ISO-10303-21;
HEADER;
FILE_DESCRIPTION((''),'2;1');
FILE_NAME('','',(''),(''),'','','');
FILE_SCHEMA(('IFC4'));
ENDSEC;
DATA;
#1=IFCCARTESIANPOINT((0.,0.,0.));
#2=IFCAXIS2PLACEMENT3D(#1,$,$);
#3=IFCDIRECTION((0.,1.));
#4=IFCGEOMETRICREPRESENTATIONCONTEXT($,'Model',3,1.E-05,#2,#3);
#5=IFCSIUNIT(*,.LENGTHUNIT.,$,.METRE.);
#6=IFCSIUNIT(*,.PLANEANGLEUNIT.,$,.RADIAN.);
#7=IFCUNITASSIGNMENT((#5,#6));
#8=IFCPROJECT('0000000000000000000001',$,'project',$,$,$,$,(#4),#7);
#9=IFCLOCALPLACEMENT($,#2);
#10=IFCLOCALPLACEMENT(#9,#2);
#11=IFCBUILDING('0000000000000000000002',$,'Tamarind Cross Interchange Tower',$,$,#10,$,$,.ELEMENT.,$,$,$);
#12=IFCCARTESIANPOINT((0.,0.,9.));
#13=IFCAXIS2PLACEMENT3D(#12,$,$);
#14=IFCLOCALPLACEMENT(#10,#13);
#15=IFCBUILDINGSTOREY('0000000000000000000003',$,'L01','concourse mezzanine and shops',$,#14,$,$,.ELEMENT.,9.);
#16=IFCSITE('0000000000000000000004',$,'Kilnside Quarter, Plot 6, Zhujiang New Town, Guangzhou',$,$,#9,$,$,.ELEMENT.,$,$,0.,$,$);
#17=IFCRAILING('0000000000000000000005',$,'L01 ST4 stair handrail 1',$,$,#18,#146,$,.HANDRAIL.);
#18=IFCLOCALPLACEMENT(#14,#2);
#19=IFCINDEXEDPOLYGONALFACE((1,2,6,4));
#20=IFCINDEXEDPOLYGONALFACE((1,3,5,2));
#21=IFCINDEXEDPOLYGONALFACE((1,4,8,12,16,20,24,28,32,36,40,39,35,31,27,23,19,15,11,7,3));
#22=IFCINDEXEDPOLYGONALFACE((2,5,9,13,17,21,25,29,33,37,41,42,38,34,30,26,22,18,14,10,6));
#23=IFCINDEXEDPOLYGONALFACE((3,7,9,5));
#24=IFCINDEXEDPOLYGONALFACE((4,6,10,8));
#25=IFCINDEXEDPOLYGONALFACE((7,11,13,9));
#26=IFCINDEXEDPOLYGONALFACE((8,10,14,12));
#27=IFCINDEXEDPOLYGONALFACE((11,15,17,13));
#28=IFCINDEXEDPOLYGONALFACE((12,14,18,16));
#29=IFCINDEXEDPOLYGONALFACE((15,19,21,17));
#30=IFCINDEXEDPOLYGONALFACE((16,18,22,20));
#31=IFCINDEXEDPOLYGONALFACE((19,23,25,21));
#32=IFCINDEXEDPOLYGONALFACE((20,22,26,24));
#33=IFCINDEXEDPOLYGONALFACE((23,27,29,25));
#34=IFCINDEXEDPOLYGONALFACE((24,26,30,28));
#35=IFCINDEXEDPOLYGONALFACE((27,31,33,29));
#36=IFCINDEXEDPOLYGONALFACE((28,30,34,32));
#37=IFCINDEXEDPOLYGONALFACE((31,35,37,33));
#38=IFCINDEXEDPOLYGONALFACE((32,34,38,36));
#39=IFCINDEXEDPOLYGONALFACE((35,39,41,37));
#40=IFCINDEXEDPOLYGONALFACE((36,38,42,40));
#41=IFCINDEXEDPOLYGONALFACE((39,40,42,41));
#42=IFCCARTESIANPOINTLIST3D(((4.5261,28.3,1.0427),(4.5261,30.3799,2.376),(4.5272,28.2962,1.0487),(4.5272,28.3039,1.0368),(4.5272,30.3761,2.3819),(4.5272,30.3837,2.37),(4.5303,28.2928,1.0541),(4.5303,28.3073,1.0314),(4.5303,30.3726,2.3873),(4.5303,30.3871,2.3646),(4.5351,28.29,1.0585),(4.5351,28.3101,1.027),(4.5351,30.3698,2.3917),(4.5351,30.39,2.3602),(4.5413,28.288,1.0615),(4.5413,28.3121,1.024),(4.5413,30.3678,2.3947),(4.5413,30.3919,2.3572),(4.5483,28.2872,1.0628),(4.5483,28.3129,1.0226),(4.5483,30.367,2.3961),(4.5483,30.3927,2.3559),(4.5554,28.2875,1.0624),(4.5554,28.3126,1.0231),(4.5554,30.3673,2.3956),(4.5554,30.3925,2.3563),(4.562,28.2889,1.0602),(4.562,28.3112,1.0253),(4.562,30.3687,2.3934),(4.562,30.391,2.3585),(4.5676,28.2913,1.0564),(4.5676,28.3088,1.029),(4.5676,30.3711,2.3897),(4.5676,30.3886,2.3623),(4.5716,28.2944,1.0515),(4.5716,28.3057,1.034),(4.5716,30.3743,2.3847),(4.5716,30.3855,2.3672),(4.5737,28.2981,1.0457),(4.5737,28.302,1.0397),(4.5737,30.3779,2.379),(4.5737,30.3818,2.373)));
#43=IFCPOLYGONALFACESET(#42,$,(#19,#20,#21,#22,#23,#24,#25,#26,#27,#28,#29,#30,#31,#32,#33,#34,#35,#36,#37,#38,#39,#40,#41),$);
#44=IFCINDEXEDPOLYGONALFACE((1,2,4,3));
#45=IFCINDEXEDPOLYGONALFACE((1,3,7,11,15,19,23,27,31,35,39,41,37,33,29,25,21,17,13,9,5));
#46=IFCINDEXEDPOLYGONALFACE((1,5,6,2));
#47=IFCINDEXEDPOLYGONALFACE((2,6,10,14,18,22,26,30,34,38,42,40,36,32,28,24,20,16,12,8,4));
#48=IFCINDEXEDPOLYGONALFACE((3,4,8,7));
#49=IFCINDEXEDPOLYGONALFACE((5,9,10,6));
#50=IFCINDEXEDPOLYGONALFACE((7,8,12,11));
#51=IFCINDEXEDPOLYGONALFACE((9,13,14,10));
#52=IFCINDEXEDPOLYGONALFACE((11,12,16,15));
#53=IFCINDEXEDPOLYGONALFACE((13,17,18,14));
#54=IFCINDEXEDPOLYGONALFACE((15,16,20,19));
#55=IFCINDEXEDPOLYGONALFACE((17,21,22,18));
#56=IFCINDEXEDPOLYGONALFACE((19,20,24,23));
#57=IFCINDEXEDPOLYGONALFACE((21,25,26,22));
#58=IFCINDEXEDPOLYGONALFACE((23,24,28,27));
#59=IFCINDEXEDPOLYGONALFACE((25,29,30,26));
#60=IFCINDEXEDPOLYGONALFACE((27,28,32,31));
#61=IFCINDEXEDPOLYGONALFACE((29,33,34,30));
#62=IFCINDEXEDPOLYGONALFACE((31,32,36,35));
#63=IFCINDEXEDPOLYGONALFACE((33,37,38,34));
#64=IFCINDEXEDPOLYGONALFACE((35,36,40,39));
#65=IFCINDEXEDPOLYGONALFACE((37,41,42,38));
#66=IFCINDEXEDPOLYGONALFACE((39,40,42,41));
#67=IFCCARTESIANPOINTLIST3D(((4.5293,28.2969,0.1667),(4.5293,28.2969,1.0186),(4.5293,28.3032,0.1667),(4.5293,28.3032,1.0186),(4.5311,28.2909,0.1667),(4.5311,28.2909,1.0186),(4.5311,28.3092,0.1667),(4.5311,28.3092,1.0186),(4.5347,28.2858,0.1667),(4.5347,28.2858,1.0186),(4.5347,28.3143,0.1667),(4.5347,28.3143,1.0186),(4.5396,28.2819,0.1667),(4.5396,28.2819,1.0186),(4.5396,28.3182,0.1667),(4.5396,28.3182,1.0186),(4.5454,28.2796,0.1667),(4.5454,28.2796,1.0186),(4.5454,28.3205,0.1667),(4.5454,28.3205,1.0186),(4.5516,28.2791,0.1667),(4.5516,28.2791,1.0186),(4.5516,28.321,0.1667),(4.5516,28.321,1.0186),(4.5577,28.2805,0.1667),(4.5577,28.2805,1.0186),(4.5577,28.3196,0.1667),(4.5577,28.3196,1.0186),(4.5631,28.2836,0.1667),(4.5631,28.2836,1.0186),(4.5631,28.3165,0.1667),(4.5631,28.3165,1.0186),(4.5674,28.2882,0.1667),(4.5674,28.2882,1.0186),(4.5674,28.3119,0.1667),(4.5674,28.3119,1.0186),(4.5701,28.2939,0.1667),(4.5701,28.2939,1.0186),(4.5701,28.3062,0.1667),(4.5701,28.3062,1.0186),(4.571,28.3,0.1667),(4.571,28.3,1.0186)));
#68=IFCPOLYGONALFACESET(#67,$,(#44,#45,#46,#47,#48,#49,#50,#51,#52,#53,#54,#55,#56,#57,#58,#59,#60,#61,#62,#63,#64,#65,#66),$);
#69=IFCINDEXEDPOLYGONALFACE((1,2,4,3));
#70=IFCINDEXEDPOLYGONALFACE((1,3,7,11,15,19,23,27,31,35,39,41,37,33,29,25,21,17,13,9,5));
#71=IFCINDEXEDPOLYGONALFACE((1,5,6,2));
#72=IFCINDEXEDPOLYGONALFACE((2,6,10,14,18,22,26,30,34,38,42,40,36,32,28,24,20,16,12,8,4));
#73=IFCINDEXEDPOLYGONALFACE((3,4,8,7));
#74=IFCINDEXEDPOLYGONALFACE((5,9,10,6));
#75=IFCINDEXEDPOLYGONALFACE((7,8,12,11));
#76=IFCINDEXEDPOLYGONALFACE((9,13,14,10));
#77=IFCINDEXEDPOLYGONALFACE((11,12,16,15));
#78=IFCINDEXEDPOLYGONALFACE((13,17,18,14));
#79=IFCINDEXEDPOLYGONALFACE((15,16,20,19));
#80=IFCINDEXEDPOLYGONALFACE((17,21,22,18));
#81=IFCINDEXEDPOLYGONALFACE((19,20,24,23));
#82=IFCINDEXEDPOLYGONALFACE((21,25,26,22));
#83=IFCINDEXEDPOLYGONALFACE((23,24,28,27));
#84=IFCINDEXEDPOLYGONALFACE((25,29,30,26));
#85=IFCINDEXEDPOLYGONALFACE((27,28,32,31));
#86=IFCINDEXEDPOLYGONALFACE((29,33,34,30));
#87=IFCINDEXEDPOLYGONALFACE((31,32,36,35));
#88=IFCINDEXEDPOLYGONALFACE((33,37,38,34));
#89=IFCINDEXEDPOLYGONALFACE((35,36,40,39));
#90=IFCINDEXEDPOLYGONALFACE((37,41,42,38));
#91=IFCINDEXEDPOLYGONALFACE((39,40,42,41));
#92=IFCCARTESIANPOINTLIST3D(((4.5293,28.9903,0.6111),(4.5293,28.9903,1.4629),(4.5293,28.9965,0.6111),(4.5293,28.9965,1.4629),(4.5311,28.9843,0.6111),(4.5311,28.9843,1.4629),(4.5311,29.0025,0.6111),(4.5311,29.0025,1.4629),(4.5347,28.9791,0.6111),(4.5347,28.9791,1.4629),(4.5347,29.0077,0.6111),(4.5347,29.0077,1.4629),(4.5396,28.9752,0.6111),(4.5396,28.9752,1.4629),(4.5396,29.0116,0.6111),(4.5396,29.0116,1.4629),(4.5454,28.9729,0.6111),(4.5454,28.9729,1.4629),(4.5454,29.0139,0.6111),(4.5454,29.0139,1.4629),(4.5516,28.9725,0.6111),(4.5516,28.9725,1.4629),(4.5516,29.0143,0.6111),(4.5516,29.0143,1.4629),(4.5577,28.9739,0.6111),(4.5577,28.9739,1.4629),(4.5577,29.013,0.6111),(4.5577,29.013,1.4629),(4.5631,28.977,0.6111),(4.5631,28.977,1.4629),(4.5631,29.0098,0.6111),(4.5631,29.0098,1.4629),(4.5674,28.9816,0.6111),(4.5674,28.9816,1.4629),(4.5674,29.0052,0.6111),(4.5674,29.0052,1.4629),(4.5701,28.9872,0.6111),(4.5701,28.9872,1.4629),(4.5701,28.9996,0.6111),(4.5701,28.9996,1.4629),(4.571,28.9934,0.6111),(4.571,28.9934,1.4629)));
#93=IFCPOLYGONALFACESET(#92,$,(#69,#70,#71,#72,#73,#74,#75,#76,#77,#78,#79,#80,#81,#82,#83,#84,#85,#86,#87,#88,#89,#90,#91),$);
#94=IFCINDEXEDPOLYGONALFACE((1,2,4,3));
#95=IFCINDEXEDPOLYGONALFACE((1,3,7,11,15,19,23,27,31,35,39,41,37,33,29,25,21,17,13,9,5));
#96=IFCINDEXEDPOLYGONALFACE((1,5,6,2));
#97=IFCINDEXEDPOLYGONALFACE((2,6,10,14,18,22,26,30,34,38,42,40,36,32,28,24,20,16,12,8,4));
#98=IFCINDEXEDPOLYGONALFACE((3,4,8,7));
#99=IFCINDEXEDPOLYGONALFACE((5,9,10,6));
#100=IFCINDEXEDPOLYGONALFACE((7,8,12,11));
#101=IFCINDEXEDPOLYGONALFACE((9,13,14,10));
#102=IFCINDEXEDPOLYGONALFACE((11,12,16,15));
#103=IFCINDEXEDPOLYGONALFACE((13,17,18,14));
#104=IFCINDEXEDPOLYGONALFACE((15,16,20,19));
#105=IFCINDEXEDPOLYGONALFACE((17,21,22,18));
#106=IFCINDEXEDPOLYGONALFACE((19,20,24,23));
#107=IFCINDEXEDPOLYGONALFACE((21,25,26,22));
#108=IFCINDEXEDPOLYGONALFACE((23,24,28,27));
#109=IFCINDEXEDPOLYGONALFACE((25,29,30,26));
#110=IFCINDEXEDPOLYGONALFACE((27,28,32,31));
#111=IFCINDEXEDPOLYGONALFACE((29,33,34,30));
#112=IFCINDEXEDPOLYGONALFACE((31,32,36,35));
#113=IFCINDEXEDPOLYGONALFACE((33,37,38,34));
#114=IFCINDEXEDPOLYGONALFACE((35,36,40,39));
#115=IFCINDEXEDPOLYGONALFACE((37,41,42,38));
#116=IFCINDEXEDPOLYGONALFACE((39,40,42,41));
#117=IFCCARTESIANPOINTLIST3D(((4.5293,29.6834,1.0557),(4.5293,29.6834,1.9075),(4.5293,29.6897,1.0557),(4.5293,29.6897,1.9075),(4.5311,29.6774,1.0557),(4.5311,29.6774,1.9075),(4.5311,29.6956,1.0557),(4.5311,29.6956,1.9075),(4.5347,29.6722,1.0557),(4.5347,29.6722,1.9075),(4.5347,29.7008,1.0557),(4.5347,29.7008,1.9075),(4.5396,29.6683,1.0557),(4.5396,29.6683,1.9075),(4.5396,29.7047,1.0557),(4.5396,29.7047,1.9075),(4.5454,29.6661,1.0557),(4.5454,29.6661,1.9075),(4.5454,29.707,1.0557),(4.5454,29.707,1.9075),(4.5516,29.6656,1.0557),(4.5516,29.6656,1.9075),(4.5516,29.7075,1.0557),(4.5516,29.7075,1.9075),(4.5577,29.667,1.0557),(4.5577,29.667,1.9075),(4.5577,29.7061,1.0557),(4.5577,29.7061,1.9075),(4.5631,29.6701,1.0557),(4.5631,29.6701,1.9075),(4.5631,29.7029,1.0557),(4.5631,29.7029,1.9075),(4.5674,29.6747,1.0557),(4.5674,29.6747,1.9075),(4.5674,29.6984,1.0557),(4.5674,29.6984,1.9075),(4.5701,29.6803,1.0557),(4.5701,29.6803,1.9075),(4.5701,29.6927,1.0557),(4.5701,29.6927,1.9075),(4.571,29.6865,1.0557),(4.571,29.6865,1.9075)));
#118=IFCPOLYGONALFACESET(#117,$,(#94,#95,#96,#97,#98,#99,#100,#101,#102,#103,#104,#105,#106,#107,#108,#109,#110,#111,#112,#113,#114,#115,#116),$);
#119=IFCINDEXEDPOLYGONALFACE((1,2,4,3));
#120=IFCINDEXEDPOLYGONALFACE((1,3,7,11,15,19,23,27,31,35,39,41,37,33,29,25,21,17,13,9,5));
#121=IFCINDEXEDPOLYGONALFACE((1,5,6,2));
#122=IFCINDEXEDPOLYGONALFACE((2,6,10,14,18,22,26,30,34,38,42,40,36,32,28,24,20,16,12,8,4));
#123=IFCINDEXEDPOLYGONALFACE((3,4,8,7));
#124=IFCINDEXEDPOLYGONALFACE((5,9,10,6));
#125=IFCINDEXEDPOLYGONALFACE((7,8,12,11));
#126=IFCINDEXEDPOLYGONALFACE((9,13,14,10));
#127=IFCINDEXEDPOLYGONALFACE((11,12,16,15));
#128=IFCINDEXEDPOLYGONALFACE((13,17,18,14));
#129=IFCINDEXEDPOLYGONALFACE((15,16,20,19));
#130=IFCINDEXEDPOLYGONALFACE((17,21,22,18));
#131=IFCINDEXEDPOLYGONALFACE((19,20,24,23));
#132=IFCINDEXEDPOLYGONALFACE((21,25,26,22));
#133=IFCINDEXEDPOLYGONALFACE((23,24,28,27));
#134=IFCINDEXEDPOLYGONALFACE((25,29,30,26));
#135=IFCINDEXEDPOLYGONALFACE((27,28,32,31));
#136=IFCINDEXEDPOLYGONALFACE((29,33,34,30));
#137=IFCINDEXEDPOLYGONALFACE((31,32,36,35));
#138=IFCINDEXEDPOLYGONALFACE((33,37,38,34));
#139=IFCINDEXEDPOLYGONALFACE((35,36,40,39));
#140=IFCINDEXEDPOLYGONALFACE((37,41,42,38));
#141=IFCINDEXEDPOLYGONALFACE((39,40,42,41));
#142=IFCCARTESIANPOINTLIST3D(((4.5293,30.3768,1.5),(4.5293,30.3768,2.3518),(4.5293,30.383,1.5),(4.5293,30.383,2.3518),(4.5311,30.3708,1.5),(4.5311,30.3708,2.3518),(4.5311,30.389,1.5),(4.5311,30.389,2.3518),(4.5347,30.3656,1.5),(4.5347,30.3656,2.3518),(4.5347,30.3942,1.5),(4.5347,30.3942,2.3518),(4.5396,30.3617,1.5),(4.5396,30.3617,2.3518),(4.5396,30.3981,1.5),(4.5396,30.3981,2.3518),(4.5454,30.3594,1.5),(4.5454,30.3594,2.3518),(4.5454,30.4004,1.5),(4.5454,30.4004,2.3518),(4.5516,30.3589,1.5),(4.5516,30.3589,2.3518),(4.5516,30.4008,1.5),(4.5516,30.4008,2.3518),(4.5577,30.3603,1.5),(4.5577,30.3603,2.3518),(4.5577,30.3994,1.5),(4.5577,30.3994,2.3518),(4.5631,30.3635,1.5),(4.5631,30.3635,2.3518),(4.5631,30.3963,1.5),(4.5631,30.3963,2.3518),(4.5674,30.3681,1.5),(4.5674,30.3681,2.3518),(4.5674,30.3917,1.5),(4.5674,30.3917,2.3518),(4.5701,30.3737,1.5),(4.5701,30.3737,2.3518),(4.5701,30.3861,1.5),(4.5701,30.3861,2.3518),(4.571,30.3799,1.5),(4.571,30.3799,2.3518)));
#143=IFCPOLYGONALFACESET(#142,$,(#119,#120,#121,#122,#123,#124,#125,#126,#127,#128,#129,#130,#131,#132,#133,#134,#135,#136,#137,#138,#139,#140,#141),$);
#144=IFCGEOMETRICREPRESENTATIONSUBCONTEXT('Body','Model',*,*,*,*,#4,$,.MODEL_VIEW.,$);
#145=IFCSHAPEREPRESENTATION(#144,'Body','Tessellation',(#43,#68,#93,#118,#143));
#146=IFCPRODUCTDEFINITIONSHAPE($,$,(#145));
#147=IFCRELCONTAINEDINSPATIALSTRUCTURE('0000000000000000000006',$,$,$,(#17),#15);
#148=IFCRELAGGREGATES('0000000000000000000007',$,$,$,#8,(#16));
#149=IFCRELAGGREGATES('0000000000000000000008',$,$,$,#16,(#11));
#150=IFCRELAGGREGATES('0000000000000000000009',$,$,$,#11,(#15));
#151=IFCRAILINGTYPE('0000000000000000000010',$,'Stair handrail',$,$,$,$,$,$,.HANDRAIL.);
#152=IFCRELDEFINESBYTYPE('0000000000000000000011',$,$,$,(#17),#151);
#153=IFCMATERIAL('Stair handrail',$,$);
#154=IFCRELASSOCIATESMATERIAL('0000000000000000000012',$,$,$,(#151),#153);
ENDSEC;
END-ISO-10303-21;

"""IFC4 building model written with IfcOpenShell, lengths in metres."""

from ifc_helpers import new_model, si_unit, direction, frame, origin, origin_2d, place, context, subcontext, project, spatial, circle, extrude, material, type_object, element, save


model = new_model("IFC4")

# Units and contexts
model_context = context("Model", 3, precision=1e-05, world=origin(), true_north=direction((0.0, 1.0)))
body_context = subcontext(model_context, "Body", "Model", "MODEL_VIEW")
ifc_project = project(units=[si_unit("LENGTHUNIT", "METRE"), si_unit("PLANEANGLEUNIT", "RADIAN")], contexts=[model_context])

# Site, building, storey
site_placement = place(None, origin())
site = spatial("IfcSite", under=ifc_project, at=site_placement, Name="Kilnside Quarter, Plot 6, Zhujiang New Town, Guangzhou", CompositionType="ELEMENT", RefElevation=0.0)
building_placement = place(site_placement, origin())
building = spatial("IfcBuilding", under=site, at=building_placement, Name="Tamarind Cross Interchange Tower", CompositionType="ELEMENT")
storey_placement = place(building_placement, frame((0.0, 0.0, 9.0)))
storey = spatial("IfcBuildingStorey", under=building, at=storey_placement, Name="L01", Description="concourse mezzanine and shops", CompositionType="ELEMENT", Elevation=9.0)

# Railing
ifc_material_1 = material(Name="Stair handrail")
railing_type_1 = type_object("IfcRailingType", Name="Stair handrail", PredefinedType="HANDRAIL", material=ifc_material_1)
railing_1_placement = place(storey_placement, frame((4.55, 28.3, 0.1667)))
element("IfcRailing", 1, at=railing_1_placement, inside=storey, type_object=railing_type_1, Name="L01 ST4 stair handrail 1", PredefinedType="HANDRAIL", context=body_context, shape_type="SweptSolid", body=[
    extrude(circle(Radius=0.0239, at=origin_2d()), frame((0.0, 0.0, 0.876), z_axis=(0.0, 0.841875, 0.539673), x_axis=(-1.0, 0.0, 0.0)), (0.0, 0.0, 1.0), 2.4705),
    extrude(circle(Radius=0.021, at=origin_2d()), origin(), (0.0, 0.0, 1.0), 0.8518),
    extrude(circle(Radius=0.021, at=origin_2d()), frame((0.0, 0.6934, 0.4443)), (0.0, 0.0, 1.0), 0.8518),
    extrude(circle(Radius=0.021, at=origin_2d()), frame((0.0, 1.3865, 0.8889)), (0.0, 0.0, 1.0), 0.8518),
    extrude(circle(Radius=0.021, at=origin_2d()), frame((0.0, 2.0798, 1.3333)), (0.0, 0.0, 1.0), 0.8518),
])

save(model, "model.ifc")
